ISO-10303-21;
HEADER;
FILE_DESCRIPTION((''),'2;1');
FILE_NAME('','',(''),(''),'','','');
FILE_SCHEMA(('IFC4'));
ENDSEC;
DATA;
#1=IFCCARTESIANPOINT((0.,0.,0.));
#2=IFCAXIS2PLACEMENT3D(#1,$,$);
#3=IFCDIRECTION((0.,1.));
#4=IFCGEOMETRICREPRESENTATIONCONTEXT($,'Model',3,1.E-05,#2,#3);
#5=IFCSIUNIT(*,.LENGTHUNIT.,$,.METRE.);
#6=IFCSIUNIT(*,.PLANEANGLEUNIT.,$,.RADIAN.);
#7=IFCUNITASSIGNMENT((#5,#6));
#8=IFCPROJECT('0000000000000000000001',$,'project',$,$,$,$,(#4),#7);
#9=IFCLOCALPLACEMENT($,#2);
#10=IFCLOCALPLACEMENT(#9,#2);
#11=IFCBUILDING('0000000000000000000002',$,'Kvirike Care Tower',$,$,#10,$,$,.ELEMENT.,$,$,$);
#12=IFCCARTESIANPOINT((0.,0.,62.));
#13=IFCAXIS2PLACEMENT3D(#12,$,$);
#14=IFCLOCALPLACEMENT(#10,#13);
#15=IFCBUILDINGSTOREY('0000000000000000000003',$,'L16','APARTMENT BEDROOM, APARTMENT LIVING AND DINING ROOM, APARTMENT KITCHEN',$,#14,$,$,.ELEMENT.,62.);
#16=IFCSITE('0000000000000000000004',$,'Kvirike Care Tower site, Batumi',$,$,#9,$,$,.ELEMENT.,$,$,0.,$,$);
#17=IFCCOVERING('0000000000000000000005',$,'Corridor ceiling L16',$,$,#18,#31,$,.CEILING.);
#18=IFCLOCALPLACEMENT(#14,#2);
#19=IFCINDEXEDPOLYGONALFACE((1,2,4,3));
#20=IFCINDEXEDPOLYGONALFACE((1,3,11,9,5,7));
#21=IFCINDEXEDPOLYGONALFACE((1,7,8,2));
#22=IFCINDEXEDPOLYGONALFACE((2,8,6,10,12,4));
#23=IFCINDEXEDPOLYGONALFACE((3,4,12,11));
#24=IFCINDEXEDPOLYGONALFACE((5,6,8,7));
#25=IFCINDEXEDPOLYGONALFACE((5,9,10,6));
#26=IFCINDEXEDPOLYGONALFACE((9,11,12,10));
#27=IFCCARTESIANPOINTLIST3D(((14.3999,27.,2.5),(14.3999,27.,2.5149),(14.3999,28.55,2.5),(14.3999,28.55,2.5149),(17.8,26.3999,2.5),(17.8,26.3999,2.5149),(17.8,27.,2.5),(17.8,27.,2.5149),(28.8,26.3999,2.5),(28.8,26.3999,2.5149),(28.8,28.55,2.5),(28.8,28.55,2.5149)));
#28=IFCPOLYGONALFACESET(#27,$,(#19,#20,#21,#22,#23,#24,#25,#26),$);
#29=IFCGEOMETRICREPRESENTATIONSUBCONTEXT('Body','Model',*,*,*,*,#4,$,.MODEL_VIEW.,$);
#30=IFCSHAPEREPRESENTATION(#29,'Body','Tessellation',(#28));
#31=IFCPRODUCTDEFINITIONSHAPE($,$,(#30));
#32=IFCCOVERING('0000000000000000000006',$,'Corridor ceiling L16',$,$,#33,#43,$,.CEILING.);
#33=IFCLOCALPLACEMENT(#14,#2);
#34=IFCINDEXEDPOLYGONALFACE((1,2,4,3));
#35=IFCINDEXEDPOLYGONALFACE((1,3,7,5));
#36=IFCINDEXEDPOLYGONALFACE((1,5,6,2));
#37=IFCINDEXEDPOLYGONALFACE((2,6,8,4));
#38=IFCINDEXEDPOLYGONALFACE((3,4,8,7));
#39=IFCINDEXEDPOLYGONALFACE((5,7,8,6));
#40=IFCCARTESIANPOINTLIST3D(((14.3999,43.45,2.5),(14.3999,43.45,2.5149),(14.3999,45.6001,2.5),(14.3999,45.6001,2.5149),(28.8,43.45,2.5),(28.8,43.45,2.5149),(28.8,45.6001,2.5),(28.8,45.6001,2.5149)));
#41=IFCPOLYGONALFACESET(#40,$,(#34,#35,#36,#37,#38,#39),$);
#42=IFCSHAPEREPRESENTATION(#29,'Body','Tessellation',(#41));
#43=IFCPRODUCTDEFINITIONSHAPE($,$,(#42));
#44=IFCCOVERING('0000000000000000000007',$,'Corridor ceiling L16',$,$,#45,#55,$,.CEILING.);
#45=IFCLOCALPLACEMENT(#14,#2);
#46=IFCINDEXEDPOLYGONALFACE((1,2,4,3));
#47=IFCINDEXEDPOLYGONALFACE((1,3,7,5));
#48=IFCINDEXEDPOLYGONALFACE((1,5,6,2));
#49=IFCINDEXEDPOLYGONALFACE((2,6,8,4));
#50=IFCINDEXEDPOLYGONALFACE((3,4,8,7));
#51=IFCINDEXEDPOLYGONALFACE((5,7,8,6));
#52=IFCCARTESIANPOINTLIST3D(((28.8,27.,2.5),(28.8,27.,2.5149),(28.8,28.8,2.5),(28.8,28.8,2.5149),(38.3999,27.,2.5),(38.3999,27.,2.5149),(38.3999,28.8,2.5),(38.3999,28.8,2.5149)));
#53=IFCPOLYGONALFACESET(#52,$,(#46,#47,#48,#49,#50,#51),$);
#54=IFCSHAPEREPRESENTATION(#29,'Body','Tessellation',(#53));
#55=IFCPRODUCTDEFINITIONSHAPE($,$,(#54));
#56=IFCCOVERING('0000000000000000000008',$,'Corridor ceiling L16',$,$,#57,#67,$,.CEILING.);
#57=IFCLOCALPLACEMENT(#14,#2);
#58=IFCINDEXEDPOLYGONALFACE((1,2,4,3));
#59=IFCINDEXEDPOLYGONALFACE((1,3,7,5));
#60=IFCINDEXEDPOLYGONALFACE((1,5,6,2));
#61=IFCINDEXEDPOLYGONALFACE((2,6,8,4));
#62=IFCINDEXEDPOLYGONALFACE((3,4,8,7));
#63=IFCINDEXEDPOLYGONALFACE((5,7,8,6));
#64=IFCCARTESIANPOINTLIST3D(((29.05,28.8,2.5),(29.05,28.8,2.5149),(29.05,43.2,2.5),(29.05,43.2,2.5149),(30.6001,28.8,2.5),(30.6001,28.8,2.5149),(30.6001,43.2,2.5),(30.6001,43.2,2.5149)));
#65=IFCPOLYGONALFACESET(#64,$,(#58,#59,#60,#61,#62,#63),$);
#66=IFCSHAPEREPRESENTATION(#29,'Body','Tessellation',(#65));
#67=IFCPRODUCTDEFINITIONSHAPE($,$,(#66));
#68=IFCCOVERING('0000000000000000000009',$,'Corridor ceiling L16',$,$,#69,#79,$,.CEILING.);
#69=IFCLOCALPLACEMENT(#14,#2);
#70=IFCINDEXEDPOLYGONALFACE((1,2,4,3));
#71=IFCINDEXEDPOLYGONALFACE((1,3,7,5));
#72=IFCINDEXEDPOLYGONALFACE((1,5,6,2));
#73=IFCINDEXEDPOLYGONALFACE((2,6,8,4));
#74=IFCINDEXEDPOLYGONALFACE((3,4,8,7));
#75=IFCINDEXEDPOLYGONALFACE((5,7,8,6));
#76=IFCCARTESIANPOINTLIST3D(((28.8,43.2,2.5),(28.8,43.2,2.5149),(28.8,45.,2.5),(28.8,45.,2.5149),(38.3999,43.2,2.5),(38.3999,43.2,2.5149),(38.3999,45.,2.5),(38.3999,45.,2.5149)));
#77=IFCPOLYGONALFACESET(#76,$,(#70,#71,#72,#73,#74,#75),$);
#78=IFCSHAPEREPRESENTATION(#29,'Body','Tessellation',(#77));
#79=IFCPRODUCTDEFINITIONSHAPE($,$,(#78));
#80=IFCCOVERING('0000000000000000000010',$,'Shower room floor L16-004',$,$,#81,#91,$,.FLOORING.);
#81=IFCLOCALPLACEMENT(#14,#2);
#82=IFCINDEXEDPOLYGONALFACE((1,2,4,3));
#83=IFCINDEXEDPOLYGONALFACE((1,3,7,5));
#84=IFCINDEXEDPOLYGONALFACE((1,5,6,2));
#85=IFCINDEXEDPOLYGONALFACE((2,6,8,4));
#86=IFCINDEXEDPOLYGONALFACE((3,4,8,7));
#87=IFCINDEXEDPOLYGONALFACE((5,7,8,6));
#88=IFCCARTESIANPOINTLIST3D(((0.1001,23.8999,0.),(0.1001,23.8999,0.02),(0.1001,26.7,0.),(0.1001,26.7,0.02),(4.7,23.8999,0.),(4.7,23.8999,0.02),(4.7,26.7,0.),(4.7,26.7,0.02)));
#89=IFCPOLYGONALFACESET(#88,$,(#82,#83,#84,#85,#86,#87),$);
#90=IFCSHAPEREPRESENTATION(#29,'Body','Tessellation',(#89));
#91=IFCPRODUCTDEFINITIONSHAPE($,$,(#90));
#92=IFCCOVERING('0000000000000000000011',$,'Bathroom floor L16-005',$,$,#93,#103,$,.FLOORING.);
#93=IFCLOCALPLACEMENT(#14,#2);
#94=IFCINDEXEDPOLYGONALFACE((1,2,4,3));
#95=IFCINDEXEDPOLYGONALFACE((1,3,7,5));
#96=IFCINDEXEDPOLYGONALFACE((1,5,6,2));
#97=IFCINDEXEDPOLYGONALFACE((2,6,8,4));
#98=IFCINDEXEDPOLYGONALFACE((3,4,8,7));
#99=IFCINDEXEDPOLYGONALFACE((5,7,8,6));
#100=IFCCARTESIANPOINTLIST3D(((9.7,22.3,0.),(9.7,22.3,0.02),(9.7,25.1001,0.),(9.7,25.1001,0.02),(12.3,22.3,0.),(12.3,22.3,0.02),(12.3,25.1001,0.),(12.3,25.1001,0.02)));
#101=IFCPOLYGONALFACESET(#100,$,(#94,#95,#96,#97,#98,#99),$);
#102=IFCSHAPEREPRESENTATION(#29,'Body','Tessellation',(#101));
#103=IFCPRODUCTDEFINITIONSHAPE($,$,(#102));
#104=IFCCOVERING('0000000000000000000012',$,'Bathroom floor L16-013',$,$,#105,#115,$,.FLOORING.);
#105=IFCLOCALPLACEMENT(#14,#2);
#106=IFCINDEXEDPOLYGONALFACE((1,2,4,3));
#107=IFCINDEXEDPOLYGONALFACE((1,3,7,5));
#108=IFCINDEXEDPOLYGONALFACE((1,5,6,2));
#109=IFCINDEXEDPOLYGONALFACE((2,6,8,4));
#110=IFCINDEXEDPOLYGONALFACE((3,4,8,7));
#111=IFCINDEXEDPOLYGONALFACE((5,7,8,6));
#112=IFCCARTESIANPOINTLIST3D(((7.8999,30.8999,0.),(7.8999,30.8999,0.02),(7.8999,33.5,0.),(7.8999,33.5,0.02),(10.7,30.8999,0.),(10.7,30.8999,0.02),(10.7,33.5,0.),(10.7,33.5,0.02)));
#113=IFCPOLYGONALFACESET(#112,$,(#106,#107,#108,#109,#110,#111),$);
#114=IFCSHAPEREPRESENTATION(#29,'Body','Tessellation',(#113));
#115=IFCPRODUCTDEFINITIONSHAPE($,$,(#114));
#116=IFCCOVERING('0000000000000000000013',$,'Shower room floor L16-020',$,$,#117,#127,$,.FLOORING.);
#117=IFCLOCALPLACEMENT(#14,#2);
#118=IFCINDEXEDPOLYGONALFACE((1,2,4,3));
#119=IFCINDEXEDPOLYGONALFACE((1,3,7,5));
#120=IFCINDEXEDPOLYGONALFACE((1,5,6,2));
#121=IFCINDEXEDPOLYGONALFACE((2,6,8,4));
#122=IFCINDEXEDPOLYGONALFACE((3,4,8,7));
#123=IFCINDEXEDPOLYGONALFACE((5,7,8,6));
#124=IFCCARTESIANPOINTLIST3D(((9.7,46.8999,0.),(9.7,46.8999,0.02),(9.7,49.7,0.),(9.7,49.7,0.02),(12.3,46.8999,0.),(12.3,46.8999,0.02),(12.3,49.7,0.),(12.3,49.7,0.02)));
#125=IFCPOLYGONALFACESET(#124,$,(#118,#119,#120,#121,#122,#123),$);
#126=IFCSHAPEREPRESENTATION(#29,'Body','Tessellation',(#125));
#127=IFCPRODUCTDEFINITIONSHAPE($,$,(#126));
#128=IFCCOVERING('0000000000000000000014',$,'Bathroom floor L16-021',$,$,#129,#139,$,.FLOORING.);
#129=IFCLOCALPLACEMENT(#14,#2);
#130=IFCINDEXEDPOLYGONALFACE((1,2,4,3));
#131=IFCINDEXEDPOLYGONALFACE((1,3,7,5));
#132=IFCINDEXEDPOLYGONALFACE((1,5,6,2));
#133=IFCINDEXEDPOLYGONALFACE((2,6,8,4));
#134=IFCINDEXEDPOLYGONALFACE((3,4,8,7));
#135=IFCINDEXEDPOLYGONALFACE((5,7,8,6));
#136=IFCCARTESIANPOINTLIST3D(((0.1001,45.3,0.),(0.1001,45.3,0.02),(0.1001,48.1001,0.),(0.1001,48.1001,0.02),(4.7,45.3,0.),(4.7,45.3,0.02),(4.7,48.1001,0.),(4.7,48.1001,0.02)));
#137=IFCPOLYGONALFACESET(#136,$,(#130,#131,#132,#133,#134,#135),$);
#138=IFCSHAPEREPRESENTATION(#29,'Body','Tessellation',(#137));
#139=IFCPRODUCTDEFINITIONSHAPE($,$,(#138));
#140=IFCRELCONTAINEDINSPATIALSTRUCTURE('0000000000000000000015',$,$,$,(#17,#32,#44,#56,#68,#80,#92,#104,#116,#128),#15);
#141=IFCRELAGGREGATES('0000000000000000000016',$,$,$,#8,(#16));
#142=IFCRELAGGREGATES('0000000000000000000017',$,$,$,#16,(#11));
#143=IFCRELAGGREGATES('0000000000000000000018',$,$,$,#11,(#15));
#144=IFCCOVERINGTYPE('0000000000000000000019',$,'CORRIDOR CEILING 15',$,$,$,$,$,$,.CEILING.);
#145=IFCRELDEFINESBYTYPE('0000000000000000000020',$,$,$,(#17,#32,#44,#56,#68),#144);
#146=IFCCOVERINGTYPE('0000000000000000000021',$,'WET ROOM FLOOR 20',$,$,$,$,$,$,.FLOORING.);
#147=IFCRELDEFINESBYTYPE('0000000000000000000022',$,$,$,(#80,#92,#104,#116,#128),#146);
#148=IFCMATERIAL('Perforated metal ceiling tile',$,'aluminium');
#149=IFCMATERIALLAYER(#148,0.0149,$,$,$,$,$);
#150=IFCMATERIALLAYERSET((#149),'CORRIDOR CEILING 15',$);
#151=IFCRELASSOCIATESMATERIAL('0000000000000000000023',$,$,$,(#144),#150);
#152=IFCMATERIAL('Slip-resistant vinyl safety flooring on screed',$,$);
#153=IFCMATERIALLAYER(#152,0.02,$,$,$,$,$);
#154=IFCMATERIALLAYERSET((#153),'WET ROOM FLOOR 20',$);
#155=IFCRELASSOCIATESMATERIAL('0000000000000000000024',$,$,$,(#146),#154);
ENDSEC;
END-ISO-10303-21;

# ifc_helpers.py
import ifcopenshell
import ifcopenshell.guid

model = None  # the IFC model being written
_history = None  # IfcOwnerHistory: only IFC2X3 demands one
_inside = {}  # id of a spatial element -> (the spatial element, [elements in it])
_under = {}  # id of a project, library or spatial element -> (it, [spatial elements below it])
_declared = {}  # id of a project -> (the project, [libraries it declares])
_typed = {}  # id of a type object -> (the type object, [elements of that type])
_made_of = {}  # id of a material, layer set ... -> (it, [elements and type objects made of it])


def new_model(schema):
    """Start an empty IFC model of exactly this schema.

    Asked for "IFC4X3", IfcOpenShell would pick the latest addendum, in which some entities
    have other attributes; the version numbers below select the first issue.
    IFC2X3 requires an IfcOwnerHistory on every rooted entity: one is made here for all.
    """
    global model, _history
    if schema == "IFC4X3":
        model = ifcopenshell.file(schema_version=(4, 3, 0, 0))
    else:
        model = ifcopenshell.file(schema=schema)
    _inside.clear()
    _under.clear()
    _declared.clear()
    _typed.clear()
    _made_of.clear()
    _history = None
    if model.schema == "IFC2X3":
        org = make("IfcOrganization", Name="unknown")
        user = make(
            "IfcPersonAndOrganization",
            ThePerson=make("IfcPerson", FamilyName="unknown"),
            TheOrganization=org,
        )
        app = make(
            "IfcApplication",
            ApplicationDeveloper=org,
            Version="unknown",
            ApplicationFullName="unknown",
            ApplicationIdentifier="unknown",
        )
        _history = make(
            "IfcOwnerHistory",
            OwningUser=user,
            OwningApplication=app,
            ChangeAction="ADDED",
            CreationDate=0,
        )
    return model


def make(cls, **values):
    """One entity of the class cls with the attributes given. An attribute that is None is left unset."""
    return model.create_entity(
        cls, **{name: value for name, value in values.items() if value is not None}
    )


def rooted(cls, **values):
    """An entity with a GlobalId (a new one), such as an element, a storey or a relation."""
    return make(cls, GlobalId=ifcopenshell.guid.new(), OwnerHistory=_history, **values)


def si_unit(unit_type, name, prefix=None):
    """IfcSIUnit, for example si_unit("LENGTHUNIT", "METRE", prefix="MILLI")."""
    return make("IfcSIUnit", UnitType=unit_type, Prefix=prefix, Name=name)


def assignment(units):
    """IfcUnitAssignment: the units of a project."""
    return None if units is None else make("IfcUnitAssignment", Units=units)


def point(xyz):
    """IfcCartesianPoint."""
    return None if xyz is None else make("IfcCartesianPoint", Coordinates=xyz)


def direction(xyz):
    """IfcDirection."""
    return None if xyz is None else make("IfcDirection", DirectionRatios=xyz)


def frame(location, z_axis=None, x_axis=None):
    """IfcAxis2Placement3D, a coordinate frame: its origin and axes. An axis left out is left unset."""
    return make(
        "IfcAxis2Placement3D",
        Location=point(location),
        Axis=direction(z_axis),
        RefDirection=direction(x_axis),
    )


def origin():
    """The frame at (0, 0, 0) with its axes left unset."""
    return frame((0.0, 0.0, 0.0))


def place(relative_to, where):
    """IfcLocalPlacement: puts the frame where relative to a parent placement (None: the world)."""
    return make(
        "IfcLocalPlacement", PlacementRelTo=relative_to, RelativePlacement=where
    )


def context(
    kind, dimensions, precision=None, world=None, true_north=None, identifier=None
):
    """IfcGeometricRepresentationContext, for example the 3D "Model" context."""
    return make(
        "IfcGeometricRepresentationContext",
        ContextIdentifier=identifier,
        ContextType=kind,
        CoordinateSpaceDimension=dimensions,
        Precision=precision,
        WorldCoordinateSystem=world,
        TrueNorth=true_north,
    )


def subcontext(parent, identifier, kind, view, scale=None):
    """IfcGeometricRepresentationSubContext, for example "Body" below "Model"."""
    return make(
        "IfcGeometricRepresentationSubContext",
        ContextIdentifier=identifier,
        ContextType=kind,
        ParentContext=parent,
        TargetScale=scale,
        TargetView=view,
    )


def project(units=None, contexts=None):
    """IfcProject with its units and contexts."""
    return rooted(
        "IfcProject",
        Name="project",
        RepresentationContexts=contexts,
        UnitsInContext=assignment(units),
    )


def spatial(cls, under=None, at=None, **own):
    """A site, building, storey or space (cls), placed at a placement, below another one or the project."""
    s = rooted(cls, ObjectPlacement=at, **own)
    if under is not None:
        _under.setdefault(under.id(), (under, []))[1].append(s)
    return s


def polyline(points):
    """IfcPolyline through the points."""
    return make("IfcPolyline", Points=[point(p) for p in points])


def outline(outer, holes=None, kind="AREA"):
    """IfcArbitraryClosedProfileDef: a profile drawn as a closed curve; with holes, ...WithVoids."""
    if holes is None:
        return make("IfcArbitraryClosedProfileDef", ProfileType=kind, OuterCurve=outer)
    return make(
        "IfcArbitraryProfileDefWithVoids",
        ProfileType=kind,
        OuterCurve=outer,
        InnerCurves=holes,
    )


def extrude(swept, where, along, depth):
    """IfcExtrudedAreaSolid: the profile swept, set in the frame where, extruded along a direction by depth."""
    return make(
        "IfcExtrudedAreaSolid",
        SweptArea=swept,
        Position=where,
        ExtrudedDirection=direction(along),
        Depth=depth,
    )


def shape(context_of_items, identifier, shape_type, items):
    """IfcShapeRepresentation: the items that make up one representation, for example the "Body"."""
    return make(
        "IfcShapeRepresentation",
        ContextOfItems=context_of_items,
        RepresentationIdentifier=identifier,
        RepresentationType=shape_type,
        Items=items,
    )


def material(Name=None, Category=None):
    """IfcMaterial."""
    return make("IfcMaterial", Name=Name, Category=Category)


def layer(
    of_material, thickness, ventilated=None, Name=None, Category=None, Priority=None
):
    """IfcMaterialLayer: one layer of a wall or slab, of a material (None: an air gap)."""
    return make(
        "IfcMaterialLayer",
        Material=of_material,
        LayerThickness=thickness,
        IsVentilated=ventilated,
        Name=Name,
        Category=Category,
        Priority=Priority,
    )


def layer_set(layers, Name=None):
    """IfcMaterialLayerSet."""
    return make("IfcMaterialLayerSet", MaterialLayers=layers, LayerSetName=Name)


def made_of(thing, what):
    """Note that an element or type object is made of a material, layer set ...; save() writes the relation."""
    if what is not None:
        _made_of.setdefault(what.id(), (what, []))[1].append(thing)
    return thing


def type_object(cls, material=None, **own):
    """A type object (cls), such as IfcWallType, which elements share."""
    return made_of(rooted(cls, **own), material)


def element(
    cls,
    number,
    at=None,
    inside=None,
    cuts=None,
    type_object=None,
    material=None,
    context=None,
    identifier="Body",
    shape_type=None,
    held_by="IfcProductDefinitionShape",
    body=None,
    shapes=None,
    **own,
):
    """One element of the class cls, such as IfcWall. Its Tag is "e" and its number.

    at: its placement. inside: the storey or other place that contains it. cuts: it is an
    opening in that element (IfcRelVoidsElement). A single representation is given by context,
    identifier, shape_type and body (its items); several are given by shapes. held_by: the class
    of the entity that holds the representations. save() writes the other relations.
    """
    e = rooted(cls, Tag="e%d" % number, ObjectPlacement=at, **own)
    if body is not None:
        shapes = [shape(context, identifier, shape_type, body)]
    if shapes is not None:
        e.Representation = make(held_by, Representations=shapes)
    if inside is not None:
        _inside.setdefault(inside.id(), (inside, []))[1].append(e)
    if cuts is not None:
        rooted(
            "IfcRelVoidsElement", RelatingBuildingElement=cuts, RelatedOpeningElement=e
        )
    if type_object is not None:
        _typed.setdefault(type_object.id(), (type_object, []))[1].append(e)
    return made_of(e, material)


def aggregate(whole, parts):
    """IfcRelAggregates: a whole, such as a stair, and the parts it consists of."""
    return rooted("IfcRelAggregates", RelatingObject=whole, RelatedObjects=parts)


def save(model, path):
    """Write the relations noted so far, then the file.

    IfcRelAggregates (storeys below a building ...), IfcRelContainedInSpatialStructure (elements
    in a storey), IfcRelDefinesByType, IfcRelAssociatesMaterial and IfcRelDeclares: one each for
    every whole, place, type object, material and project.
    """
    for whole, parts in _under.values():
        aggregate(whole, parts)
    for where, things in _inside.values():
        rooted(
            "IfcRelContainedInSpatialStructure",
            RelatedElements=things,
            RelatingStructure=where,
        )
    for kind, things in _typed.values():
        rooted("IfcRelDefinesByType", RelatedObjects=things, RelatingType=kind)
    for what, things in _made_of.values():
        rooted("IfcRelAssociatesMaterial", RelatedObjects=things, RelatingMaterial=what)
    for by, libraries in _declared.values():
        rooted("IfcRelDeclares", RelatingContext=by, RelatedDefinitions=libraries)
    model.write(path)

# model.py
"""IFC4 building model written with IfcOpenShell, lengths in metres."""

from ifc_helpers import new_model, si_unit, direction, frame, origin, place, context, subcontext, project, spatial, polyline, outline, extrude, material, layer, layer_set, type_object, element, save


model = new_model("IFC4")

# Units and contexts
model_context = context("Model", 3, precision=1e-05, world=origin(), true_north=direction((0.0, 1.0)))
body_context = subcontext(model_context, "Body", "Model", "MODEL_VIEW")
ifc_project = project(units=[si_unit("LENGTHUNIT", "METRE"), si_unit("PLANEANGLEUNIT", "RADIAN")], contexts=[model_context])

# Site, building, storey
site_placement = place(None, origin())
site = spatial("IfcSite", under=ifc_project, at=site_placement, Name="Kvirike Care Tower site, Batumi", CompositionType="ELEMENT", RefElevation=0.0)
building_placement = place(site_placement, origin())
building = spatial("IfcBuilding", under=site, at=building_placement, Name="Kvirike Care Tower", CompositionType="ELEMENT")
storey_placement = place(building_placement, frame((0.0, 0.0, 62.0)))
storey = spatial("IfcBuildingStorey", under=building, at=storey_placement, Name="L16", Description="APARTMENT BEDROOM, APARTMENT LIVING AND DINING ROOM, APARTMENT KITCHEN", CompositionType="ELEMENT", Elevation=62.0)

# Coverings
ifc_material_1 = material(Name="Perforated metal ceiling tile", Category="aluminium")
ifc_layer_1 = layer(ifc_material_1, 0.0149)
ifc_layer_set_1 = layer_set([ifc_layer_1], Name="CORRIDOR CEILING 15")
covering_type_1 = type_object("IfcCoveringType", Name="CORRIDOR CEILING 15", PredefinedType="CEILING", material=ifc_layer_set_1)
covering_1_placement = place(storey_placement, frame((0.0, 0.0, 2.5)))
element("IfcCovering", 1, at=covering_1_placement, inside=storey, type_object=covering_type_1, Name="Corridor ceiling L16", PredefinedType="CEILING", context=body_context, shape_type="SweptSolid", body=[
    extrude(outline(polyline([(14.3999, 28.55), (28.8, 28.55), (28.8, 26.3999), (17.8, 26.3999), (17.8, 27.0), (14.3999, 27.0), (14.3999, 28.55)])), origin(), (0.0, 0.0, 1.0), 0.0149),
])
covering_2_placement = place(storey_placement, frame((0.0, 0.0, 2.5)))
element("IfcCovering", 2, at=covering_2_placement, inside=storey, type_object=covering_type_1, Name="Corridor ceiling L16", PredefinedType="CEILING", context=body_context, shape_type="SweptSolid", body=[
    extrude(outline(polyline([(28.8, 45.6001), (28.8, 43.45), (14.3999, 43.45), (14.3999, 45.6001), (28.8, 45.6001)])), origin(), (0.0, 0.0, 1.0), 0.0149),
])
covering_3_placement = place(storey_placement, frame((0.0, 0.0, 2.5)))
element("IfcCovering", 3, at=covering_3_placement, inside=storey, type_object=covering_type_1, Name="Corridor ceiling L16", PredefinedType="CEILING", context=body_context, shape_type="SweptSolid", body=[
    extrude(outline(polyline([(28.8, 27.0), (28.8, 28.8), (38.3999, 28.8), (38.3999, 27.0), (28.8, 27.0)])), origin(), (0.0, 0.0, 1.0), 0.0149),
])
covering_4_placement = place(storey_placement, frame((0.0, 0.0, 2.5)))
element("IfcCovering", 4, at=covering_4_placement, inside=storey, type_object=covering_type_1, Name="Corridor ceiling L16", PredefinedType="CEILING", context=body_context, shape_type="SweptSolid", body=[
    extrude(outline(polyline([(30.6001, 28.8), (29.05, 28.8), (29.05, 43.2), (30.6001, 43.2), (30.6001, 28.8)])), origin(), (0.0, 0.0, 1.0), 0.0149),
])
covering_5_placement = place(storey_placement, frame((0.0, 0.0, 2.5)))
element("IfcCovering", 5, at=covering_5_placement, inside=storey, type_object=covering_type_1, Name="Corridor ceiling L16", PredefinedType="CEILING", context=body_context, shape_type="SweptSolid", body=[
    extrude(outline(polyline([(38.3999, 45.0), (38.3999, 43.2), (28.8, 43.2), (28.8, 45.0), (38.3999, 45.0)])), origin(), (0.0, 0.0, 1.0), 0.0149),
])
ifc_material_2 = material(Name="Slip-resistant vinyl safety flooring on screed")
ifc_layer_2 = layer(ifc_material_2, 0.02)
ifc_layer_set_2 = layer_set([ifc_layer_2], Name="WET ROOM FLOOR 20")
covering_type_2 = type_object("IfcCoveringType", Name="WET ROOM FLOOR 20", PredefinedType="FLOORING", material=ifc_layer_set_2)
covering_6_placement = place(storey_placement, origin())
element("IfcCovering", 6, at=covering_6_placement, inside=storey, type_object=covering_type_2, Name="Shower room floor L16-004", PredefinedType="FLOORING", context=body_context, shape_type="SweptSolid", body=[
    extrude(outline(polyline([(0.1001, 23.8999), (0.1001, 26.7), (4.7, 26.7), (4.7, 23.8999), (0.1001, 23.8999)])), origin(), (0.0, 0.0, 1.0), 0.02),
])
covering_7_placement = place(storey_placement, origin())
element("IfcCovering", 7, at=covering_7_placement, inside=storey, type_object=covering_type_2, Name="Bathroom floor L16-005", PredefinedType="FLOORING", context=body_context, shape_type="SweptSolid", body=[
    extrude(outline(polyline([(9.7, 22.3), (9.7, 25.1001), (12.3, 25.1001), (12.3, 22.3), (9.7, 22.3)])), origin(), (0.0, 0.0, 1.0), 0.02),
])
covering_8_placement = place(storey_placement, origin())
element("IfcCovering", 8, at=covering_8_placement, inside=storey, type_object=covering_type_2, Name="Bathroom floor L16-013", PredefinedType="FLOORING", context=body_context, shape_type="SweptSolid", body=[
    extrude(outline(polyline([(7.8999, 33.5), (10.7, 33.5), (10.7, 30.8999), (7.8999, 30.8999), (7.8999, 33.5)])), origin(), (0.0, 0.0, 1.0), 0.02),
])
covering_9_placement = place(storey_placement, origin())
element("IfcCovering", 9, at=covering_9_placement, inside=storey, type_object=covering_type_2, Name="Shower room floor L16-020", PredefinedType="FLOORING", context=body_context, shape_type="SweptSolid", body=[
    extrude(outline(polyline([(12.3, 49.7), (12.3, 46.8999), (9.7, 46.8999), (9.7, 49.7), (12.3, 49.7)])), origin(), (0.0, 0.0, 1.0), 0.02),
])
covering_10_placement = place(storey_placement, origin())
element("IfcCovering", 10, at=covering_10_placement, inside=storey, type_object=covering_type_2, Name="Bathroom floor L16-021", PredefinedType="FLOORING", context=body_context, shape_type="SweptSolid", body=[
    extrude(outline(polyline([(4.7, 48.1001), (4.7, 45.3), (0.1001, 45.3), (0.1001, 48.1001), (4.7, 48.1001)])), origin(), (0.0, 0.0, 1.0), 0.02),
])

save(model, "model.ifc")
